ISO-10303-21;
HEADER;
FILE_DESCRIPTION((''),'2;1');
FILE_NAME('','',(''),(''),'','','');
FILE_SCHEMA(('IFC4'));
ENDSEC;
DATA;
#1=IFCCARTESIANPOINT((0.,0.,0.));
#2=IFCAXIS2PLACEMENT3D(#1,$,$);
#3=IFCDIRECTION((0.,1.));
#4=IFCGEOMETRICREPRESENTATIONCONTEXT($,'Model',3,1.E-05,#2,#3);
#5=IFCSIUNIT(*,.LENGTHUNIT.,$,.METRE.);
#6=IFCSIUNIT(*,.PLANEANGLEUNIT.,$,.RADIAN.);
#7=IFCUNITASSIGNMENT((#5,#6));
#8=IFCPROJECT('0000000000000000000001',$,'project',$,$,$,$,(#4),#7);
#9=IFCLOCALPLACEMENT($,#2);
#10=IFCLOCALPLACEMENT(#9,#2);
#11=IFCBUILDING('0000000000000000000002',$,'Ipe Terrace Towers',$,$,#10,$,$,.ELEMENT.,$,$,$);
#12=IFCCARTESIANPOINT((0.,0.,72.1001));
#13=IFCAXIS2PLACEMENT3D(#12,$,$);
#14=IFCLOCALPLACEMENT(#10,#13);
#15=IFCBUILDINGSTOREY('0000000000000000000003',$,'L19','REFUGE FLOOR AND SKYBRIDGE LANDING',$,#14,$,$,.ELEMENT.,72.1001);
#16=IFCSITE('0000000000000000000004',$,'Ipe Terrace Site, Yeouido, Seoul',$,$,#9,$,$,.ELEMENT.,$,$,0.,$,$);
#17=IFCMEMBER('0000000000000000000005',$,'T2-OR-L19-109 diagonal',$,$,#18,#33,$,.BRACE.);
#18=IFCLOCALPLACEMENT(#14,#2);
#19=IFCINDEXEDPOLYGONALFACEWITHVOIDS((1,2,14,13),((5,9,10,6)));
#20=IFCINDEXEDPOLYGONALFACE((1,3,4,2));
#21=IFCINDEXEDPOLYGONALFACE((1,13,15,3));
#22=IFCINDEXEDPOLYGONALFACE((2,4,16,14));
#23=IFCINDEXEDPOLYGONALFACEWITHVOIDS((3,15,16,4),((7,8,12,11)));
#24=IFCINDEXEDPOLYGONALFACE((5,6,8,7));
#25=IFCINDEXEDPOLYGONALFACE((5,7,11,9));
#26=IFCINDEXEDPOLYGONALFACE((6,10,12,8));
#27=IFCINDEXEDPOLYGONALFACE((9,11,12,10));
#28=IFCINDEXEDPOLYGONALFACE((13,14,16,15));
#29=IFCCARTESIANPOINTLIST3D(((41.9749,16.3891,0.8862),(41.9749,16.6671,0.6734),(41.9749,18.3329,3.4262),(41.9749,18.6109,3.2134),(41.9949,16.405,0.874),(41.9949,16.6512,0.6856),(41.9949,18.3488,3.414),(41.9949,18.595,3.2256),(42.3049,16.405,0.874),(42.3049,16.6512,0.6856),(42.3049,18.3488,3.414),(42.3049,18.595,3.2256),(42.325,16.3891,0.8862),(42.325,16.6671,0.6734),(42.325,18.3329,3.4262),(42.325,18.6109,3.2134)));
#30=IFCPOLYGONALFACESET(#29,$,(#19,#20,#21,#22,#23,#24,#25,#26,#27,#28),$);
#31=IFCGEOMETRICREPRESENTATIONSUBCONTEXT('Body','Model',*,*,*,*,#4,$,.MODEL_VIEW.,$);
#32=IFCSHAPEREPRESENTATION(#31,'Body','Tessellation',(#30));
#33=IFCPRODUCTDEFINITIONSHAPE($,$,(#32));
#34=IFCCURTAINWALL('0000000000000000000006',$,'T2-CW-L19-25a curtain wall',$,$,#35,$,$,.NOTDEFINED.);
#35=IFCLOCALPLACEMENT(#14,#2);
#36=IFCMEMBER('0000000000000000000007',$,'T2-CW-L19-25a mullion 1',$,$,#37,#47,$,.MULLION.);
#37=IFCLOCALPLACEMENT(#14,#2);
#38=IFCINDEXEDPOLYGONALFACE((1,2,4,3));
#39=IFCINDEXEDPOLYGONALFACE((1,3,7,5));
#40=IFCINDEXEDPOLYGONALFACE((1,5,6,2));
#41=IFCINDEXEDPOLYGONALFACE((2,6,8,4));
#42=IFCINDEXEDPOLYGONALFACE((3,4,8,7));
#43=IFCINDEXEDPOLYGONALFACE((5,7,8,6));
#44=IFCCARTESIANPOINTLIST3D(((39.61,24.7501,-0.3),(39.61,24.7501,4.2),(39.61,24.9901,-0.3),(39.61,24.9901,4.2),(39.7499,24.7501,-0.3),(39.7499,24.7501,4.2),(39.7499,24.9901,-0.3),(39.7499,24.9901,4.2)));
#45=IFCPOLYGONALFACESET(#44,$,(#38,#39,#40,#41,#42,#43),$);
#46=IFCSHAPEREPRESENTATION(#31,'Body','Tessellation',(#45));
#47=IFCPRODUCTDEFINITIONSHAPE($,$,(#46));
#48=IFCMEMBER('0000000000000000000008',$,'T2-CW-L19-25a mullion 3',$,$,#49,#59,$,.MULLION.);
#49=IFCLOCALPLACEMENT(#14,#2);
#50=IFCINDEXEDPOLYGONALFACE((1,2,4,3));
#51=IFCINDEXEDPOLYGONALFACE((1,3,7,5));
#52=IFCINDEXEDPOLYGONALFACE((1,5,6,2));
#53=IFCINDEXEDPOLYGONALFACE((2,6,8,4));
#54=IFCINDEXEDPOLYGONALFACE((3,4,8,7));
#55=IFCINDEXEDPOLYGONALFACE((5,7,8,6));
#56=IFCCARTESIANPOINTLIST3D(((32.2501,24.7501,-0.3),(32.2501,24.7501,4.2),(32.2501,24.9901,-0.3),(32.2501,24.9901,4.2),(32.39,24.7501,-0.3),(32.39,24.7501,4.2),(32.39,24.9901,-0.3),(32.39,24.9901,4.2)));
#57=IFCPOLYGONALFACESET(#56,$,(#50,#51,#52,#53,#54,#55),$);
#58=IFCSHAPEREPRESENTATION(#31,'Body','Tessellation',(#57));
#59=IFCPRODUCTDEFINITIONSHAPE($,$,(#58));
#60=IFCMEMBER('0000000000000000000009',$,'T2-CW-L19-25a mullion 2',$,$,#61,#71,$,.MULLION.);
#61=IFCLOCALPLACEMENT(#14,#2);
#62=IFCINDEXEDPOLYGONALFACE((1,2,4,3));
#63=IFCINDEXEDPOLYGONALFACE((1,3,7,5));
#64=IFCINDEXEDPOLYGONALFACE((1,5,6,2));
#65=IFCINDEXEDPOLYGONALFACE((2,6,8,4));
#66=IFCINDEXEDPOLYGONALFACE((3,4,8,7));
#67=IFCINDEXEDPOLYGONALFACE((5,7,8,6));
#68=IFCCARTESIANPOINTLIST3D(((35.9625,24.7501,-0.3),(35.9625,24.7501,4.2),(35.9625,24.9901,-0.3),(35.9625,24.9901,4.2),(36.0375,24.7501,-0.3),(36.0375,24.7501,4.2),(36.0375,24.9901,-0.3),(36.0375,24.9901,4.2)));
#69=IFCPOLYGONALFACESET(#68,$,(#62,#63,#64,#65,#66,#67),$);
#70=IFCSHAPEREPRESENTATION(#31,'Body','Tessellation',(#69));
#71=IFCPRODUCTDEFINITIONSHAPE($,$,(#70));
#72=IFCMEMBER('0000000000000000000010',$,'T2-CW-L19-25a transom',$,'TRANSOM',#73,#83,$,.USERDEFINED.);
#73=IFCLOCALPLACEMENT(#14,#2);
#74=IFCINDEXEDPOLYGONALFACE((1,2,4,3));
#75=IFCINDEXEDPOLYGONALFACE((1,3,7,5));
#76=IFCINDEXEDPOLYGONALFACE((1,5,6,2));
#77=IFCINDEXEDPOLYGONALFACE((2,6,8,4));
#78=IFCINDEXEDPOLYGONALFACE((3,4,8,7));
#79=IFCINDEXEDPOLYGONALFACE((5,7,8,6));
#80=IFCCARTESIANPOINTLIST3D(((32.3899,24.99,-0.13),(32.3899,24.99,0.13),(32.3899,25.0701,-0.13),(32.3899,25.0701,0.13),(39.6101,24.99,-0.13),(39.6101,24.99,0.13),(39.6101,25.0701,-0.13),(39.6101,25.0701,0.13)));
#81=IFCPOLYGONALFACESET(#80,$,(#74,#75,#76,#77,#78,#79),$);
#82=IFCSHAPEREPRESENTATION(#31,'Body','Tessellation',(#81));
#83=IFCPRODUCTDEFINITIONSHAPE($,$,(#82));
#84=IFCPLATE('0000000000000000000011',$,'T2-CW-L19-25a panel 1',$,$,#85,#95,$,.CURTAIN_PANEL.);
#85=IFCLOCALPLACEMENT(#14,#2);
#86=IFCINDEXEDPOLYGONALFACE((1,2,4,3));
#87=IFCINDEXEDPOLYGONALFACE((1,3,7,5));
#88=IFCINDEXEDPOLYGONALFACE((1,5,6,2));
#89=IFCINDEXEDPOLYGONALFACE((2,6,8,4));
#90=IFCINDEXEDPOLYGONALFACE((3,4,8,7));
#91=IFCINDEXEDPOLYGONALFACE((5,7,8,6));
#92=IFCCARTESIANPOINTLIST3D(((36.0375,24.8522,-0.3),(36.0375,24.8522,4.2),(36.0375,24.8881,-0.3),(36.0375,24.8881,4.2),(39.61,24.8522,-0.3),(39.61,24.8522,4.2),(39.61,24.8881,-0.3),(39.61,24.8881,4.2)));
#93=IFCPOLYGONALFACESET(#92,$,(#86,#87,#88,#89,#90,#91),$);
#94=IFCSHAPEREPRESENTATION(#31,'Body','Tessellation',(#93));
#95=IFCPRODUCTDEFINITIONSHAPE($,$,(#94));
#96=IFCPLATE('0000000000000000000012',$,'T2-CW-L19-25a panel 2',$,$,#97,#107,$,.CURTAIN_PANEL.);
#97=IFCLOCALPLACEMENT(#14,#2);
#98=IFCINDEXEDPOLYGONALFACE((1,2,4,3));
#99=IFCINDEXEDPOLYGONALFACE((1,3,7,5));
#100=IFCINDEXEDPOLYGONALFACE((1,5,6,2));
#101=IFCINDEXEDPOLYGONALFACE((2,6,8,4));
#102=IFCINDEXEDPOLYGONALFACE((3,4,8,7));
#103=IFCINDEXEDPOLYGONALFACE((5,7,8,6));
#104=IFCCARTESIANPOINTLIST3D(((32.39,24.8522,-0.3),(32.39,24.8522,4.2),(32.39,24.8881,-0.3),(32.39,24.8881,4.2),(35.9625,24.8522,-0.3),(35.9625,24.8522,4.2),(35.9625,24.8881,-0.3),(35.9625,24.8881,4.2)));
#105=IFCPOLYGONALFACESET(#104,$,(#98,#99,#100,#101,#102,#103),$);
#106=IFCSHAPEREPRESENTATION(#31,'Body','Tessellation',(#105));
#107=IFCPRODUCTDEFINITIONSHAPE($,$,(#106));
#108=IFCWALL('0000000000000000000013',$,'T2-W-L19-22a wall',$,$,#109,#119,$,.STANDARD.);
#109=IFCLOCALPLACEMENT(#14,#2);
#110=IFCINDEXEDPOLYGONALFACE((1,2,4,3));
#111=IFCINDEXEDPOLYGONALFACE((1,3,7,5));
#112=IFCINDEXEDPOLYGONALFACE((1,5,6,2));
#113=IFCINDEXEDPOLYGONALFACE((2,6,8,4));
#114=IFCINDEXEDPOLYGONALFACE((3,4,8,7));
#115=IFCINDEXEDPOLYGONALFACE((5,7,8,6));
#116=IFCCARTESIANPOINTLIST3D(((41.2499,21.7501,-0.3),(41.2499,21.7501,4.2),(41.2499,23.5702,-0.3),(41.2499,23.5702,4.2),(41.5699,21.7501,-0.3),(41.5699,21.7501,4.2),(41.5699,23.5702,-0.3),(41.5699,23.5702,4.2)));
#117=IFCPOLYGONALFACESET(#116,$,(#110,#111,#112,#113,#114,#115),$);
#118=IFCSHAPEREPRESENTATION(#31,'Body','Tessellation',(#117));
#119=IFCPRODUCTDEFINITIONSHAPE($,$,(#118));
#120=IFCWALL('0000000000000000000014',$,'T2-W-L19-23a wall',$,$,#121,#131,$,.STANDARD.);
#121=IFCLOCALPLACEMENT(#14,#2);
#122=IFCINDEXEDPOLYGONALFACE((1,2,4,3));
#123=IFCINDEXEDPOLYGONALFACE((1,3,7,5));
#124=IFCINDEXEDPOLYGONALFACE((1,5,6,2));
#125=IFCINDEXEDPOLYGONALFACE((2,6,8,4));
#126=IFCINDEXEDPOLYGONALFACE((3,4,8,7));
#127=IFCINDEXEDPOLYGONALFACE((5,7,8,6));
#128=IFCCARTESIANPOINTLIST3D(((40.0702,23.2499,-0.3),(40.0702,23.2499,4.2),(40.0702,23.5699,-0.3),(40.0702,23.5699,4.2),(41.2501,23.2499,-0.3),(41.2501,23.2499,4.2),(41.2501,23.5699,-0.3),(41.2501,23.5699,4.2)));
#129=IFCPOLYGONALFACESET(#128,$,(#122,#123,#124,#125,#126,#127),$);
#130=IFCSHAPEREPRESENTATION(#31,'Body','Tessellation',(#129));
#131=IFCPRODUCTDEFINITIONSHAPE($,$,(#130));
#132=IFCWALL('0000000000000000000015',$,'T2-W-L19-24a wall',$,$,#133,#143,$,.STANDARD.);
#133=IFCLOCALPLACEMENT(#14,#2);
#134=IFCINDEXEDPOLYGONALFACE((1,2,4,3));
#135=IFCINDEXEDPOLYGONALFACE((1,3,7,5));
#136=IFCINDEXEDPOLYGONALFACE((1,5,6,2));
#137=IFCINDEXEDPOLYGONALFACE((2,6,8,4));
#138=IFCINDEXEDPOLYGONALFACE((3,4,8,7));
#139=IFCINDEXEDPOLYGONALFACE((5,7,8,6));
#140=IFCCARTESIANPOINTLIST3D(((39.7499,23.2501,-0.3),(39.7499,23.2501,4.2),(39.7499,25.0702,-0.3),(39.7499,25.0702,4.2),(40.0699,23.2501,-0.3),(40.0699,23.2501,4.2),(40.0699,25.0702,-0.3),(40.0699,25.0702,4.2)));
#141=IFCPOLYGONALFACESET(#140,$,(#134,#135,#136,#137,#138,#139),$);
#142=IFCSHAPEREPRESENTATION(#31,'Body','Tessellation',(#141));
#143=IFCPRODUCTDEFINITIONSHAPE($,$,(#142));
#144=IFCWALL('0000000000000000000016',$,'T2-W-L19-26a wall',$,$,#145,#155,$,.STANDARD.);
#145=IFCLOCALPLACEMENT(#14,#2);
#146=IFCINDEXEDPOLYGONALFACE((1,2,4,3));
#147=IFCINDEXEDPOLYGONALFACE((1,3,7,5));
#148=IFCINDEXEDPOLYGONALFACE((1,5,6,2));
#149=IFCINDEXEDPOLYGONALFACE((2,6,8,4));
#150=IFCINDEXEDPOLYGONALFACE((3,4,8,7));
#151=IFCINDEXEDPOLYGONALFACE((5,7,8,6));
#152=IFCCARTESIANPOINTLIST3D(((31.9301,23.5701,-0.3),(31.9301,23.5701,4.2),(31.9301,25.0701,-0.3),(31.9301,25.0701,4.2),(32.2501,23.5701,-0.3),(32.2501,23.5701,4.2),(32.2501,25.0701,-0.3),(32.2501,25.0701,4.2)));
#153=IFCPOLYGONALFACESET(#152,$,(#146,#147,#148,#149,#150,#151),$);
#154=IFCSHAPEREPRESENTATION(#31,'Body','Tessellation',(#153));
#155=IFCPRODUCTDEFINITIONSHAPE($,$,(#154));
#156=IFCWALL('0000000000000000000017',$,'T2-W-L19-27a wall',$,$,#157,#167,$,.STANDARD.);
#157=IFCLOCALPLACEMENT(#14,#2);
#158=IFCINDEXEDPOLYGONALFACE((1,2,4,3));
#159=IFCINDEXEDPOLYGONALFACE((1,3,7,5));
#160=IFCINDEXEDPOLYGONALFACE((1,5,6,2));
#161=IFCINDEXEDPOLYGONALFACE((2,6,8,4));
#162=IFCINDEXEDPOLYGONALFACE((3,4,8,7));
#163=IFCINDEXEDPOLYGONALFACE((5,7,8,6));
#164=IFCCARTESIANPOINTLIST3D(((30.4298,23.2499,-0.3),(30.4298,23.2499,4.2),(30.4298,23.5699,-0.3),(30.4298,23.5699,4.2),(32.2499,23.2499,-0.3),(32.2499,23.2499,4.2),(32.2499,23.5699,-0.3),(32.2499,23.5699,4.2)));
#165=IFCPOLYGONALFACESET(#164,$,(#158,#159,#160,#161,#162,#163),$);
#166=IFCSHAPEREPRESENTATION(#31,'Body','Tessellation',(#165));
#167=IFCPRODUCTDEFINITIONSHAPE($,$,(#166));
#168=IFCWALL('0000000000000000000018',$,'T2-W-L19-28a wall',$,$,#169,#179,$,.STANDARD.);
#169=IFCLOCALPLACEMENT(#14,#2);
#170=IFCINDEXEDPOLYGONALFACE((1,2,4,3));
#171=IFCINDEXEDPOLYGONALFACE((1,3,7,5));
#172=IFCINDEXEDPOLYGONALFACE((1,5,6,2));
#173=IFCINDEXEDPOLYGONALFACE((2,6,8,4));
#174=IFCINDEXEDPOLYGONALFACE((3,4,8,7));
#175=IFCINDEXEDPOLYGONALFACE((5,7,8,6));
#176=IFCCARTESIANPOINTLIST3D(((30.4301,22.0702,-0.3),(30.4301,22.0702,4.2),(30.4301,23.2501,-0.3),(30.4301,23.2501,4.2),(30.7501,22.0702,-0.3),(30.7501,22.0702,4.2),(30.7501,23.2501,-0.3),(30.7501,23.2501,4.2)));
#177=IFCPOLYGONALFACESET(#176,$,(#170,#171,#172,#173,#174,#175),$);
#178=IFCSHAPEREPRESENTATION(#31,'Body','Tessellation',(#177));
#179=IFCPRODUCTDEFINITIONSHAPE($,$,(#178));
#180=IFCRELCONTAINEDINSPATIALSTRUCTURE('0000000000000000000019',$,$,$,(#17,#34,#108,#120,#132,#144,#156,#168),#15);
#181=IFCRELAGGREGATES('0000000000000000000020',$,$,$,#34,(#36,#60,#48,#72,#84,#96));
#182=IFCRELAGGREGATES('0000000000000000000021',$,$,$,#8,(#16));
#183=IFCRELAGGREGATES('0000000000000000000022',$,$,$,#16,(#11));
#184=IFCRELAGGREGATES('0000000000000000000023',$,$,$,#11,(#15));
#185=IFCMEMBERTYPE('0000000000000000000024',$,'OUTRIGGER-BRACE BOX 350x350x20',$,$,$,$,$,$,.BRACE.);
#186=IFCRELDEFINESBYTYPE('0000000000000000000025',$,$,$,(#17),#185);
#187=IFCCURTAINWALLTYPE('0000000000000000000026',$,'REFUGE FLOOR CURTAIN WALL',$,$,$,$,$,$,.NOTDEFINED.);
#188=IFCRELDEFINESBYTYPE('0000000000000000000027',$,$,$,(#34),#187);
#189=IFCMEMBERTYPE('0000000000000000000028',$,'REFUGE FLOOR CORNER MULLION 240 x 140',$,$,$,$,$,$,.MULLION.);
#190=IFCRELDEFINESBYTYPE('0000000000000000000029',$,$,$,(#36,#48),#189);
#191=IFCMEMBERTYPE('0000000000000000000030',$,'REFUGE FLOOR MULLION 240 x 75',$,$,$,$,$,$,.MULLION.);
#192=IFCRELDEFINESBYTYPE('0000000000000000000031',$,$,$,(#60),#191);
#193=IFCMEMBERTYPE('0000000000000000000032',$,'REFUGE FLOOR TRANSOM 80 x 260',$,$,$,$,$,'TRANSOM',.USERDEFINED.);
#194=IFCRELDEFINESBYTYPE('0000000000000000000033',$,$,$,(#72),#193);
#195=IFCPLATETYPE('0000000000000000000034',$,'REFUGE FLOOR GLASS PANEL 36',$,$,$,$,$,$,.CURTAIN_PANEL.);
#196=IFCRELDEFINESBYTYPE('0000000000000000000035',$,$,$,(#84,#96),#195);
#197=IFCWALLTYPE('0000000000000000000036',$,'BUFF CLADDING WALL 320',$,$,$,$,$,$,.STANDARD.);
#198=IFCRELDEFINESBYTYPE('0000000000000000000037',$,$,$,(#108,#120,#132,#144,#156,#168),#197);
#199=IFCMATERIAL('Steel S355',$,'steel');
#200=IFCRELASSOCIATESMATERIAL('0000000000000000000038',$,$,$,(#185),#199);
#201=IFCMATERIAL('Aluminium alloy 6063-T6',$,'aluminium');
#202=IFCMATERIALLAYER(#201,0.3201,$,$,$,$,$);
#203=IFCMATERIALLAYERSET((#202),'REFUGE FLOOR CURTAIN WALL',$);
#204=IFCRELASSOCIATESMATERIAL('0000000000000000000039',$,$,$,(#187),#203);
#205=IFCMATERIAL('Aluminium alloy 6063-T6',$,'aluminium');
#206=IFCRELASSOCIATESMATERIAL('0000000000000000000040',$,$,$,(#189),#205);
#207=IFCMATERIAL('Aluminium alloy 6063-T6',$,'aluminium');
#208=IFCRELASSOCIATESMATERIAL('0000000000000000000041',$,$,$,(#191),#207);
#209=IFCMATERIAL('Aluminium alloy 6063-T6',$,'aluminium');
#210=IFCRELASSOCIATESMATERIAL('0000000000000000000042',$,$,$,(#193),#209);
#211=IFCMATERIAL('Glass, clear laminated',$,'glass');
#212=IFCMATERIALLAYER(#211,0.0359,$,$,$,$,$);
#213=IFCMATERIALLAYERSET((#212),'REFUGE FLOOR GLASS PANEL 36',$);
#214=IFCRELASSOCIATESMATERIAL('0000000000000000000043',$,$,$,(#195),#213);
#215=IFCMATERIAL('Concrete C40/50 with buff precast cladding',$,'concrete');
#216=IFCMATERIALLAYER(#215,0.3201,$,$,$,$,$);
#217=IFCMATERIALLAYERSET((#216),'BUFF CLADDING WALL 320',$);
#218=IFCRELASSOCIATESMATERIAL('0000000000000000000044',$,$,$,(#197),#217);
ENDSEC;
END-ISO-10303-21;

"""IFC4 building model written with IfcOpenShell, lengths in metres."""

from ifc_helpers import new_model, si_unit, direction, frame, frame_2d, origin, origin_2d, place, context, subcontext, project, spatial, rectangle, hollow_rectangle, extrude, material, layer, layer_set, material_profile, profile_set, type_object, element, aggregate, save


model = new_model("IFC4")

# Units and contexts
model_context = context("Model", 3, precision=1e-05, world=origin(), true_north=direction((0.0, 1.0)))
body_context = subcontext(model_context, "Body", "Model", "MODEL_VIEW")
ifc_project = project(units=[si_unit("LENGTHUNIT", "METRE"), si_unit("PLANEANGLEUNIT", "RADIAN")], contexts=[model_context])

# Site, building, storey
site_placement = place(None, origin())
site = spatial("IfcSite", under=ifc_project, at=site_placement, Name="Ipe Terrace Site, Yeouido, Seoul", CompositionType="ELEMENT", RefElevation=0.0)
building_placement = place(site_placement, origin())
building = spatial("IfcBuilding", under=site, at=building_placement, Name="Ipe Terrace Towers", CompositionType="ELEMENT")
storey_placement = place(building_placement, frame((0.0, 0.0, 72.1001)))
storey = spatial("IfcBuildingStorey", under=building, at=storey_placement, Name="L19", Description="REFUGE FLOOR AND SKYBRIDGE LANDING", CompositionType="ELEMENT", Elevation=72.1001)

# Member
ifc_material_1 = material(Name="Steel S355", Category="steel")
ifc_material_profile_1 = material_profile(ifc_material_1, hollow_rectangle(XDim=0.3501, YDim=0.3501, WallThickness=0.02, at=origin_2d()), Name="OUTRIGGER-BRACE BOX 350x350x20")
ifc_profile_set_1 = profile_set([ifc_material_profile_1], Name="Steel S355")
member_type_1 = type_object("IfcMemberType", Name="OUTRIGGER-BRACE BOX 350x350x20", PredefinedType="BRACE", material=ifc_profile_set_1)
member_1_placement = place(storey_placement, frame((42.1499, 16.5281, 0.7798), z_axis=(0.0, 0.607739, 0.794137), x_axis=(-1.0, 0.0, 0.0)))
element("IfcMember", 1, at=member_1_placement, inside=storey, type_object=member_type_1, Name="T2-OR-L19-109 diagonal", PredefinedType="BRACE", context=body_context, shape_type="SweptSolid", body=[
    extrude(hollow_rectangle(XDim=0.3501, YDim=0.3501, WallThickness=0.02, at=origin_2d()), origin(), (0.0, 0.0, 1.0), 3.1985),
])

# Curtain wall, members, plates
ifc_material_2 = material(Name="Aluminium alloy 6063-T6", Category="aluminium")
ifc_layer_1 = layer(ifc_material_2, 0.3201)
ifc_layer_set_1 = layer_set([ifc_layer_1], Name="REFUGE FLOOR CURTAIN WALL")
curtain_wall_type = type_object("IfcCurtainWallType", Name="REFUGE FLOOR CURTAIN WALL", PredefinedType="NOTDEFINED", material=ifc_layer_set_1)
curtain_wall_placement = place(storey_placement, origin())
curtain_wall = element("IfcCurtainWall", 2, at=curtain_wall_placement, inside=storey, type_object=curtain_wall_type, Name="T2-CW-L19-25a curtain wall", PredefinedType="NOTDEFINED")
ifc_material_3 = material(Name="Aluminium alloy 6063-T6", Category="aluminium")
ifc_material_profile_2 = material_profile(ifc_material_3, rectangle(XDim=0.24, YDim=0.1399, at=origin_2d()), Name="REFUGE FLOOR CORNER MULLION 240 x 140")
ifc_profile_set_2 = profile_set([ifc_material_profile_2], Name="Aluminium alloy 6063-T6")
member_type_2 = type_object("IfcMemberType", Name="REFUGE FLOOR CORNER MULLION 240 x 140", PredefinedType="MULLION", material=ifc_profile_set_2)
member_2_placement = place(storey_placement, frame((39.6799, 24.8701, -0.3), z_axis=(0.0, 0.0, 1.0), x_axis=(0.0, 1.0, 0.0)))
member_2 = element("IfcMember", 3, at=member_2_placement, type_object=member_type_2, Name="T2-CW-L19-25a mullion 1", PredefinedType="MULLION", context=body_context, shape_type="SweptSolid", body=[
    extrude(rectangle(XDim=0.24, YDim=0.1399, at=origin_2d()), origin(), (0.0, 0.0, 1.0), 4.5),
])
member_3_placement = place(storey_placement, frame((32.3201, 24.8701, -0.3), z_axis=(0.0, 0.0, 1.0), x_axis=(0.0, 1.0, 0.0)))
member_3 = element("IfcMember", 4, at=member_3_placement, type_object=member_type_2, Name="T2-CW-L19-25a mullion 3", PredefinedType="MULLION", context=body_context, shape_type="SweptSolid", body=[
    extrude(rectangle(XDim=0.24, YDim=0.1399, at=origin_2d()), origin(), (0.0, 0.0, 1.0), 4.5),
])
ifc_material_4 = material(Name="Aluminium alloy 6063-T6", Category="aluminium")
ifc_material_profile_3 = material_profile(ifc_material_4, rectangle(XDim=0.24, YDim=0.075, at=origin_2d()), Name="REFUGE FLOOR MULLION 240 x 75")
ifc_profile_set_3 = profile_set([ifc_material_profile_3], Name="Aluminium alloy 6063-T6")
member_type_3 = type_object("IfcMemberType", Name="REFUGE FLOOR MULLION 240 x 75", PredefinedType="MULLION", material=ifc_profile_set_3)
member_4_placement = place(storey_placement, frame((36.0, 24.8701, -0.3), z_axis=(0.0, 0.0, 1.0), x_axis=(0.0, 1.0, 0.0)))
member_4 = element("IfcMember", 5, at=member_4_placement, type_object=member_type_3, Name="T2-CW-L19-25a mullion 2", PredefinedType="MULLION", context=body_context, shape_type="SweptSolid", body=[
    extrude(rectangle(XDim=0.24, YDim=0.075, at=origin_2d()), origin(), (0.0, 0.0, 1.0), 4.5),
])
ifc_material_5 = material(Name="Aluminium alloy 6063-T6", Category="aluminium")
ifc_material_profile_4 = material_profile(ifc_material_5, rectangle(XDim=0.0801, YDim=0.26, at=origin_2d()), Name="REFUGE FLOOR TRANSOM 80 x 260")
ifc_profile_set_4 = profile_set([ifc_material_profile_4], Name="Aluminium alloy 6063-T6")
member_type_4 = type_object("IfcMemberType", Name="REFUGE FLOOR TRANSOM 80 x 260", ElementType="TRANSOM", PredefinedType="USERDEFINED", material=ifc_profile_set_4)
member_5_placement = place(storey_placement, frame((39.6101, 25.03, 0.0), z_axis=(-1.0, 0.0, 0.0), x_axis=(0.0, 1.0, 0.0)))
member_5 = element("IfcMember", 6, at=member_5_placement, type_object=member_type_4, Name="T2-CW-L19-25a transom", ObjectType="TRANSOM", PredefinedType="USERDEFINED", context=body_context, shape_type="SweptSolid", body=[
    extrude(rectangle(XDim=0.0801, YDim=0.26, at=origin_2d()), origin(), (0.0, 0.0, 1.0), 7.2202),
])
ifc_material_6 = material(Name="Glass, clear laminated", Category="glass")
ifc_layer_2 = layer(ifc_material_6, 0.0359)
ifc_layer_set_2 = layer_set([ifc_layer_2], Name="REFUGE FLOOR GLASS PANEL 36")
plate_type = type_object("IfcPlateType", Name="REFUGE FLOOR GLASS PANEL 36", PredefinedType="CURTAIN_PANEL", material=ifc_layer_set_2)
plate_1_placement = place(storey_placement, frame((37.8237, 24.8701, -0.3), z_axis=(0.0, 0.0, 1.0), x_axis=(-1.0, 0.0, 0.0)))
plate_1 = element("IfcPlate", 7, at=plate_1_placement, type_object=plate_type, Name="T2-CW-L19-25a panel 1", PredefinedType="CURTAIN_PANEL", context=body_context, shape_type="SweptSolid", body=[
    extrude(rectangle(XDim=3.5725, YDim=0.0359, at=origin_2d()), origin(), (0.0, 0.0, 1.0), 4.5),
])
plate_2_placement = place(storey_placement, frame((34.1763, 24.8701, -0.3), z_axis=(0.0, 0.0, 1.0), x_axis=(-1.0, 0.0, 0.0)))
plate_2 = element("IfcPlate", 8, at=plate_2_placement, type_object=plate_type, Name="T2-CW-L19-25a panel 2", PredefinedType="CURTAIN_PANEL", context=body_context, shape_type="SweptSolid", body=[
    extrude(rectangle(XDim=3.5725, YDim=0.0359, at=origin_2d()), origin(), (0.0, 0.0, 1.0), 4.5),
])
aggregate(curtain_wall, [member_2, member_4, member_3, member_5, plate_1, plate_2])

# Walls
ifc_material_7 = material(Name="Concrete C40/50 with buff precast cladding", Category="concrete")
ifc_layer_3 = layer(ifc_material_7, 0.3201)
ifc_layer_set_3 = layer_set([ifc_layer_3], Name="BUFF CLADDING WALL 320")
wall_type_1 = type_object("IfcWallType", Name="BUFF CLADDING WALL 320", PredefinedType="STANDARD", material=ifc_layer_set_3)
wall_1_placement = place(storey_placement, frame((41.4099, 21.75, -0.3), z_axis=(0.0, 0.0, 1.0), x_axis=(0.0, 1.0, 0.0)))
element("IfcWall", 9, at=wall_1_placement, inside=storey, type_object=wall_type_1, Name="T2-W-L19-22a wall", PredefinedType="STANDARD", context=body_context, shape_type="SweptSolid", body=[
    extrude(rectangle(XDim=1.8201, YDim=0.3201, at=frame_2d((0.9102, 0.0))), origin(), (0.0, 0.0, 1.0), 4.5),
])
wall_2_placement = place(storey_placement, frame((41.25, 23.4099, -0.3), z_axis=(0.0, 0.0, 1.0), x_axis=(-1.0, 0.0, 0.0)))
element("IfcWall", 10, at=wall_2_placement, inside=storey, type_object=wall_type_1, Name="T2-W-L19-23a wall", PredefinedType="STANDARD", context=body_context, shape_type="SweptSolid", body=[
    extrude(rectangle(XDim=1.1799, YDim=0.3201, at=frame_2d((0.5898, 0.0))), origin(), (0.0, 0.0, 1.0), 4.5),
])
wall_3_placement = place(storey_placement, frame((39.9099, 23.25, -0.3), z_axis=(0.0, 0.0, 1.0), x_axis=(0.0, 1.0, 0.0)))
element("IfcWall", 11, at=wall_3_placement, inside=storey, type_object=wall_type_1, Name="T2-W-L19-24a wall", PredefinedType="STANDARD", context=body_context, shape_type="SweptSolid", body=[
    extrude(rectangle(XDim=1.8201, YDim=0.3201, at=frame_2d((0.9102, 0.0))), origin(), (0.0, 0.0, 1.0), 4.5),
])
wall_4_placement = place(storey_placement, frame((32.0901, 25.0701, -0.3), z_axis=(0.0, 0.0, 1.0), x_axis=(0.0, -1.0, 0.0)))
element("IfcWall", 12, at=wall_4_placement, inside=storey, type_object=wall_type_1, Name="T2-W-L19-26a wall", PredefinedType="STANDARD", context=body_context, shape_type="SweptSolid", body=[
    extrude(rectangle(XDim=1.5, YDim=0.3201, at=frame_2d((0.75, 0.0))), origin(), (0.0, 0.0, 1.0), 4.5),
])
wall_5_placement = place(storey_placement, frame((32.25, 23.4099, -0.3), z_axis=(0.0, 0.0, 1.0), x_axis=(-1.0, 0.0, 0.0)))
element("IfcWall", 13, at=wall_5_placement, inside=storey, type_object=wall_type_1, Name="T2-W-L19-27a wall", PredefinedType="STANDARD", context=body_context, shape_type="SweptSolid", body=[
    extrude(rectangle(XDim=1.8201, YDim=0.3201, at=frame_2d((0.9102, 0.0))), origin(), (0.0, 0.0, 1.0), 4.5),
])
wall_6_placement = place(storey_placement, frame((30.5901, 23.25, -0.3), z_axis=(0.0, 0.0, 1.0), x_axis=(0.0, -1.0, 0.0)))
element("IfcWall", 14, at=wall_6_placement, inside=storey, type_object=wall_type_1, Name="T2-W-L19-28a wall", PredefinedType="STANDARD", context=body_context, shape_type="SweptSolid", body=[
    extrude(rectangle(XDim=1.1799, YDim=0.3201, at=frame_2d((0.5898, 0.0))), origin(), (0.0, 0.0, 1.0), 4.5),
])

save(model, "model.ifc")
